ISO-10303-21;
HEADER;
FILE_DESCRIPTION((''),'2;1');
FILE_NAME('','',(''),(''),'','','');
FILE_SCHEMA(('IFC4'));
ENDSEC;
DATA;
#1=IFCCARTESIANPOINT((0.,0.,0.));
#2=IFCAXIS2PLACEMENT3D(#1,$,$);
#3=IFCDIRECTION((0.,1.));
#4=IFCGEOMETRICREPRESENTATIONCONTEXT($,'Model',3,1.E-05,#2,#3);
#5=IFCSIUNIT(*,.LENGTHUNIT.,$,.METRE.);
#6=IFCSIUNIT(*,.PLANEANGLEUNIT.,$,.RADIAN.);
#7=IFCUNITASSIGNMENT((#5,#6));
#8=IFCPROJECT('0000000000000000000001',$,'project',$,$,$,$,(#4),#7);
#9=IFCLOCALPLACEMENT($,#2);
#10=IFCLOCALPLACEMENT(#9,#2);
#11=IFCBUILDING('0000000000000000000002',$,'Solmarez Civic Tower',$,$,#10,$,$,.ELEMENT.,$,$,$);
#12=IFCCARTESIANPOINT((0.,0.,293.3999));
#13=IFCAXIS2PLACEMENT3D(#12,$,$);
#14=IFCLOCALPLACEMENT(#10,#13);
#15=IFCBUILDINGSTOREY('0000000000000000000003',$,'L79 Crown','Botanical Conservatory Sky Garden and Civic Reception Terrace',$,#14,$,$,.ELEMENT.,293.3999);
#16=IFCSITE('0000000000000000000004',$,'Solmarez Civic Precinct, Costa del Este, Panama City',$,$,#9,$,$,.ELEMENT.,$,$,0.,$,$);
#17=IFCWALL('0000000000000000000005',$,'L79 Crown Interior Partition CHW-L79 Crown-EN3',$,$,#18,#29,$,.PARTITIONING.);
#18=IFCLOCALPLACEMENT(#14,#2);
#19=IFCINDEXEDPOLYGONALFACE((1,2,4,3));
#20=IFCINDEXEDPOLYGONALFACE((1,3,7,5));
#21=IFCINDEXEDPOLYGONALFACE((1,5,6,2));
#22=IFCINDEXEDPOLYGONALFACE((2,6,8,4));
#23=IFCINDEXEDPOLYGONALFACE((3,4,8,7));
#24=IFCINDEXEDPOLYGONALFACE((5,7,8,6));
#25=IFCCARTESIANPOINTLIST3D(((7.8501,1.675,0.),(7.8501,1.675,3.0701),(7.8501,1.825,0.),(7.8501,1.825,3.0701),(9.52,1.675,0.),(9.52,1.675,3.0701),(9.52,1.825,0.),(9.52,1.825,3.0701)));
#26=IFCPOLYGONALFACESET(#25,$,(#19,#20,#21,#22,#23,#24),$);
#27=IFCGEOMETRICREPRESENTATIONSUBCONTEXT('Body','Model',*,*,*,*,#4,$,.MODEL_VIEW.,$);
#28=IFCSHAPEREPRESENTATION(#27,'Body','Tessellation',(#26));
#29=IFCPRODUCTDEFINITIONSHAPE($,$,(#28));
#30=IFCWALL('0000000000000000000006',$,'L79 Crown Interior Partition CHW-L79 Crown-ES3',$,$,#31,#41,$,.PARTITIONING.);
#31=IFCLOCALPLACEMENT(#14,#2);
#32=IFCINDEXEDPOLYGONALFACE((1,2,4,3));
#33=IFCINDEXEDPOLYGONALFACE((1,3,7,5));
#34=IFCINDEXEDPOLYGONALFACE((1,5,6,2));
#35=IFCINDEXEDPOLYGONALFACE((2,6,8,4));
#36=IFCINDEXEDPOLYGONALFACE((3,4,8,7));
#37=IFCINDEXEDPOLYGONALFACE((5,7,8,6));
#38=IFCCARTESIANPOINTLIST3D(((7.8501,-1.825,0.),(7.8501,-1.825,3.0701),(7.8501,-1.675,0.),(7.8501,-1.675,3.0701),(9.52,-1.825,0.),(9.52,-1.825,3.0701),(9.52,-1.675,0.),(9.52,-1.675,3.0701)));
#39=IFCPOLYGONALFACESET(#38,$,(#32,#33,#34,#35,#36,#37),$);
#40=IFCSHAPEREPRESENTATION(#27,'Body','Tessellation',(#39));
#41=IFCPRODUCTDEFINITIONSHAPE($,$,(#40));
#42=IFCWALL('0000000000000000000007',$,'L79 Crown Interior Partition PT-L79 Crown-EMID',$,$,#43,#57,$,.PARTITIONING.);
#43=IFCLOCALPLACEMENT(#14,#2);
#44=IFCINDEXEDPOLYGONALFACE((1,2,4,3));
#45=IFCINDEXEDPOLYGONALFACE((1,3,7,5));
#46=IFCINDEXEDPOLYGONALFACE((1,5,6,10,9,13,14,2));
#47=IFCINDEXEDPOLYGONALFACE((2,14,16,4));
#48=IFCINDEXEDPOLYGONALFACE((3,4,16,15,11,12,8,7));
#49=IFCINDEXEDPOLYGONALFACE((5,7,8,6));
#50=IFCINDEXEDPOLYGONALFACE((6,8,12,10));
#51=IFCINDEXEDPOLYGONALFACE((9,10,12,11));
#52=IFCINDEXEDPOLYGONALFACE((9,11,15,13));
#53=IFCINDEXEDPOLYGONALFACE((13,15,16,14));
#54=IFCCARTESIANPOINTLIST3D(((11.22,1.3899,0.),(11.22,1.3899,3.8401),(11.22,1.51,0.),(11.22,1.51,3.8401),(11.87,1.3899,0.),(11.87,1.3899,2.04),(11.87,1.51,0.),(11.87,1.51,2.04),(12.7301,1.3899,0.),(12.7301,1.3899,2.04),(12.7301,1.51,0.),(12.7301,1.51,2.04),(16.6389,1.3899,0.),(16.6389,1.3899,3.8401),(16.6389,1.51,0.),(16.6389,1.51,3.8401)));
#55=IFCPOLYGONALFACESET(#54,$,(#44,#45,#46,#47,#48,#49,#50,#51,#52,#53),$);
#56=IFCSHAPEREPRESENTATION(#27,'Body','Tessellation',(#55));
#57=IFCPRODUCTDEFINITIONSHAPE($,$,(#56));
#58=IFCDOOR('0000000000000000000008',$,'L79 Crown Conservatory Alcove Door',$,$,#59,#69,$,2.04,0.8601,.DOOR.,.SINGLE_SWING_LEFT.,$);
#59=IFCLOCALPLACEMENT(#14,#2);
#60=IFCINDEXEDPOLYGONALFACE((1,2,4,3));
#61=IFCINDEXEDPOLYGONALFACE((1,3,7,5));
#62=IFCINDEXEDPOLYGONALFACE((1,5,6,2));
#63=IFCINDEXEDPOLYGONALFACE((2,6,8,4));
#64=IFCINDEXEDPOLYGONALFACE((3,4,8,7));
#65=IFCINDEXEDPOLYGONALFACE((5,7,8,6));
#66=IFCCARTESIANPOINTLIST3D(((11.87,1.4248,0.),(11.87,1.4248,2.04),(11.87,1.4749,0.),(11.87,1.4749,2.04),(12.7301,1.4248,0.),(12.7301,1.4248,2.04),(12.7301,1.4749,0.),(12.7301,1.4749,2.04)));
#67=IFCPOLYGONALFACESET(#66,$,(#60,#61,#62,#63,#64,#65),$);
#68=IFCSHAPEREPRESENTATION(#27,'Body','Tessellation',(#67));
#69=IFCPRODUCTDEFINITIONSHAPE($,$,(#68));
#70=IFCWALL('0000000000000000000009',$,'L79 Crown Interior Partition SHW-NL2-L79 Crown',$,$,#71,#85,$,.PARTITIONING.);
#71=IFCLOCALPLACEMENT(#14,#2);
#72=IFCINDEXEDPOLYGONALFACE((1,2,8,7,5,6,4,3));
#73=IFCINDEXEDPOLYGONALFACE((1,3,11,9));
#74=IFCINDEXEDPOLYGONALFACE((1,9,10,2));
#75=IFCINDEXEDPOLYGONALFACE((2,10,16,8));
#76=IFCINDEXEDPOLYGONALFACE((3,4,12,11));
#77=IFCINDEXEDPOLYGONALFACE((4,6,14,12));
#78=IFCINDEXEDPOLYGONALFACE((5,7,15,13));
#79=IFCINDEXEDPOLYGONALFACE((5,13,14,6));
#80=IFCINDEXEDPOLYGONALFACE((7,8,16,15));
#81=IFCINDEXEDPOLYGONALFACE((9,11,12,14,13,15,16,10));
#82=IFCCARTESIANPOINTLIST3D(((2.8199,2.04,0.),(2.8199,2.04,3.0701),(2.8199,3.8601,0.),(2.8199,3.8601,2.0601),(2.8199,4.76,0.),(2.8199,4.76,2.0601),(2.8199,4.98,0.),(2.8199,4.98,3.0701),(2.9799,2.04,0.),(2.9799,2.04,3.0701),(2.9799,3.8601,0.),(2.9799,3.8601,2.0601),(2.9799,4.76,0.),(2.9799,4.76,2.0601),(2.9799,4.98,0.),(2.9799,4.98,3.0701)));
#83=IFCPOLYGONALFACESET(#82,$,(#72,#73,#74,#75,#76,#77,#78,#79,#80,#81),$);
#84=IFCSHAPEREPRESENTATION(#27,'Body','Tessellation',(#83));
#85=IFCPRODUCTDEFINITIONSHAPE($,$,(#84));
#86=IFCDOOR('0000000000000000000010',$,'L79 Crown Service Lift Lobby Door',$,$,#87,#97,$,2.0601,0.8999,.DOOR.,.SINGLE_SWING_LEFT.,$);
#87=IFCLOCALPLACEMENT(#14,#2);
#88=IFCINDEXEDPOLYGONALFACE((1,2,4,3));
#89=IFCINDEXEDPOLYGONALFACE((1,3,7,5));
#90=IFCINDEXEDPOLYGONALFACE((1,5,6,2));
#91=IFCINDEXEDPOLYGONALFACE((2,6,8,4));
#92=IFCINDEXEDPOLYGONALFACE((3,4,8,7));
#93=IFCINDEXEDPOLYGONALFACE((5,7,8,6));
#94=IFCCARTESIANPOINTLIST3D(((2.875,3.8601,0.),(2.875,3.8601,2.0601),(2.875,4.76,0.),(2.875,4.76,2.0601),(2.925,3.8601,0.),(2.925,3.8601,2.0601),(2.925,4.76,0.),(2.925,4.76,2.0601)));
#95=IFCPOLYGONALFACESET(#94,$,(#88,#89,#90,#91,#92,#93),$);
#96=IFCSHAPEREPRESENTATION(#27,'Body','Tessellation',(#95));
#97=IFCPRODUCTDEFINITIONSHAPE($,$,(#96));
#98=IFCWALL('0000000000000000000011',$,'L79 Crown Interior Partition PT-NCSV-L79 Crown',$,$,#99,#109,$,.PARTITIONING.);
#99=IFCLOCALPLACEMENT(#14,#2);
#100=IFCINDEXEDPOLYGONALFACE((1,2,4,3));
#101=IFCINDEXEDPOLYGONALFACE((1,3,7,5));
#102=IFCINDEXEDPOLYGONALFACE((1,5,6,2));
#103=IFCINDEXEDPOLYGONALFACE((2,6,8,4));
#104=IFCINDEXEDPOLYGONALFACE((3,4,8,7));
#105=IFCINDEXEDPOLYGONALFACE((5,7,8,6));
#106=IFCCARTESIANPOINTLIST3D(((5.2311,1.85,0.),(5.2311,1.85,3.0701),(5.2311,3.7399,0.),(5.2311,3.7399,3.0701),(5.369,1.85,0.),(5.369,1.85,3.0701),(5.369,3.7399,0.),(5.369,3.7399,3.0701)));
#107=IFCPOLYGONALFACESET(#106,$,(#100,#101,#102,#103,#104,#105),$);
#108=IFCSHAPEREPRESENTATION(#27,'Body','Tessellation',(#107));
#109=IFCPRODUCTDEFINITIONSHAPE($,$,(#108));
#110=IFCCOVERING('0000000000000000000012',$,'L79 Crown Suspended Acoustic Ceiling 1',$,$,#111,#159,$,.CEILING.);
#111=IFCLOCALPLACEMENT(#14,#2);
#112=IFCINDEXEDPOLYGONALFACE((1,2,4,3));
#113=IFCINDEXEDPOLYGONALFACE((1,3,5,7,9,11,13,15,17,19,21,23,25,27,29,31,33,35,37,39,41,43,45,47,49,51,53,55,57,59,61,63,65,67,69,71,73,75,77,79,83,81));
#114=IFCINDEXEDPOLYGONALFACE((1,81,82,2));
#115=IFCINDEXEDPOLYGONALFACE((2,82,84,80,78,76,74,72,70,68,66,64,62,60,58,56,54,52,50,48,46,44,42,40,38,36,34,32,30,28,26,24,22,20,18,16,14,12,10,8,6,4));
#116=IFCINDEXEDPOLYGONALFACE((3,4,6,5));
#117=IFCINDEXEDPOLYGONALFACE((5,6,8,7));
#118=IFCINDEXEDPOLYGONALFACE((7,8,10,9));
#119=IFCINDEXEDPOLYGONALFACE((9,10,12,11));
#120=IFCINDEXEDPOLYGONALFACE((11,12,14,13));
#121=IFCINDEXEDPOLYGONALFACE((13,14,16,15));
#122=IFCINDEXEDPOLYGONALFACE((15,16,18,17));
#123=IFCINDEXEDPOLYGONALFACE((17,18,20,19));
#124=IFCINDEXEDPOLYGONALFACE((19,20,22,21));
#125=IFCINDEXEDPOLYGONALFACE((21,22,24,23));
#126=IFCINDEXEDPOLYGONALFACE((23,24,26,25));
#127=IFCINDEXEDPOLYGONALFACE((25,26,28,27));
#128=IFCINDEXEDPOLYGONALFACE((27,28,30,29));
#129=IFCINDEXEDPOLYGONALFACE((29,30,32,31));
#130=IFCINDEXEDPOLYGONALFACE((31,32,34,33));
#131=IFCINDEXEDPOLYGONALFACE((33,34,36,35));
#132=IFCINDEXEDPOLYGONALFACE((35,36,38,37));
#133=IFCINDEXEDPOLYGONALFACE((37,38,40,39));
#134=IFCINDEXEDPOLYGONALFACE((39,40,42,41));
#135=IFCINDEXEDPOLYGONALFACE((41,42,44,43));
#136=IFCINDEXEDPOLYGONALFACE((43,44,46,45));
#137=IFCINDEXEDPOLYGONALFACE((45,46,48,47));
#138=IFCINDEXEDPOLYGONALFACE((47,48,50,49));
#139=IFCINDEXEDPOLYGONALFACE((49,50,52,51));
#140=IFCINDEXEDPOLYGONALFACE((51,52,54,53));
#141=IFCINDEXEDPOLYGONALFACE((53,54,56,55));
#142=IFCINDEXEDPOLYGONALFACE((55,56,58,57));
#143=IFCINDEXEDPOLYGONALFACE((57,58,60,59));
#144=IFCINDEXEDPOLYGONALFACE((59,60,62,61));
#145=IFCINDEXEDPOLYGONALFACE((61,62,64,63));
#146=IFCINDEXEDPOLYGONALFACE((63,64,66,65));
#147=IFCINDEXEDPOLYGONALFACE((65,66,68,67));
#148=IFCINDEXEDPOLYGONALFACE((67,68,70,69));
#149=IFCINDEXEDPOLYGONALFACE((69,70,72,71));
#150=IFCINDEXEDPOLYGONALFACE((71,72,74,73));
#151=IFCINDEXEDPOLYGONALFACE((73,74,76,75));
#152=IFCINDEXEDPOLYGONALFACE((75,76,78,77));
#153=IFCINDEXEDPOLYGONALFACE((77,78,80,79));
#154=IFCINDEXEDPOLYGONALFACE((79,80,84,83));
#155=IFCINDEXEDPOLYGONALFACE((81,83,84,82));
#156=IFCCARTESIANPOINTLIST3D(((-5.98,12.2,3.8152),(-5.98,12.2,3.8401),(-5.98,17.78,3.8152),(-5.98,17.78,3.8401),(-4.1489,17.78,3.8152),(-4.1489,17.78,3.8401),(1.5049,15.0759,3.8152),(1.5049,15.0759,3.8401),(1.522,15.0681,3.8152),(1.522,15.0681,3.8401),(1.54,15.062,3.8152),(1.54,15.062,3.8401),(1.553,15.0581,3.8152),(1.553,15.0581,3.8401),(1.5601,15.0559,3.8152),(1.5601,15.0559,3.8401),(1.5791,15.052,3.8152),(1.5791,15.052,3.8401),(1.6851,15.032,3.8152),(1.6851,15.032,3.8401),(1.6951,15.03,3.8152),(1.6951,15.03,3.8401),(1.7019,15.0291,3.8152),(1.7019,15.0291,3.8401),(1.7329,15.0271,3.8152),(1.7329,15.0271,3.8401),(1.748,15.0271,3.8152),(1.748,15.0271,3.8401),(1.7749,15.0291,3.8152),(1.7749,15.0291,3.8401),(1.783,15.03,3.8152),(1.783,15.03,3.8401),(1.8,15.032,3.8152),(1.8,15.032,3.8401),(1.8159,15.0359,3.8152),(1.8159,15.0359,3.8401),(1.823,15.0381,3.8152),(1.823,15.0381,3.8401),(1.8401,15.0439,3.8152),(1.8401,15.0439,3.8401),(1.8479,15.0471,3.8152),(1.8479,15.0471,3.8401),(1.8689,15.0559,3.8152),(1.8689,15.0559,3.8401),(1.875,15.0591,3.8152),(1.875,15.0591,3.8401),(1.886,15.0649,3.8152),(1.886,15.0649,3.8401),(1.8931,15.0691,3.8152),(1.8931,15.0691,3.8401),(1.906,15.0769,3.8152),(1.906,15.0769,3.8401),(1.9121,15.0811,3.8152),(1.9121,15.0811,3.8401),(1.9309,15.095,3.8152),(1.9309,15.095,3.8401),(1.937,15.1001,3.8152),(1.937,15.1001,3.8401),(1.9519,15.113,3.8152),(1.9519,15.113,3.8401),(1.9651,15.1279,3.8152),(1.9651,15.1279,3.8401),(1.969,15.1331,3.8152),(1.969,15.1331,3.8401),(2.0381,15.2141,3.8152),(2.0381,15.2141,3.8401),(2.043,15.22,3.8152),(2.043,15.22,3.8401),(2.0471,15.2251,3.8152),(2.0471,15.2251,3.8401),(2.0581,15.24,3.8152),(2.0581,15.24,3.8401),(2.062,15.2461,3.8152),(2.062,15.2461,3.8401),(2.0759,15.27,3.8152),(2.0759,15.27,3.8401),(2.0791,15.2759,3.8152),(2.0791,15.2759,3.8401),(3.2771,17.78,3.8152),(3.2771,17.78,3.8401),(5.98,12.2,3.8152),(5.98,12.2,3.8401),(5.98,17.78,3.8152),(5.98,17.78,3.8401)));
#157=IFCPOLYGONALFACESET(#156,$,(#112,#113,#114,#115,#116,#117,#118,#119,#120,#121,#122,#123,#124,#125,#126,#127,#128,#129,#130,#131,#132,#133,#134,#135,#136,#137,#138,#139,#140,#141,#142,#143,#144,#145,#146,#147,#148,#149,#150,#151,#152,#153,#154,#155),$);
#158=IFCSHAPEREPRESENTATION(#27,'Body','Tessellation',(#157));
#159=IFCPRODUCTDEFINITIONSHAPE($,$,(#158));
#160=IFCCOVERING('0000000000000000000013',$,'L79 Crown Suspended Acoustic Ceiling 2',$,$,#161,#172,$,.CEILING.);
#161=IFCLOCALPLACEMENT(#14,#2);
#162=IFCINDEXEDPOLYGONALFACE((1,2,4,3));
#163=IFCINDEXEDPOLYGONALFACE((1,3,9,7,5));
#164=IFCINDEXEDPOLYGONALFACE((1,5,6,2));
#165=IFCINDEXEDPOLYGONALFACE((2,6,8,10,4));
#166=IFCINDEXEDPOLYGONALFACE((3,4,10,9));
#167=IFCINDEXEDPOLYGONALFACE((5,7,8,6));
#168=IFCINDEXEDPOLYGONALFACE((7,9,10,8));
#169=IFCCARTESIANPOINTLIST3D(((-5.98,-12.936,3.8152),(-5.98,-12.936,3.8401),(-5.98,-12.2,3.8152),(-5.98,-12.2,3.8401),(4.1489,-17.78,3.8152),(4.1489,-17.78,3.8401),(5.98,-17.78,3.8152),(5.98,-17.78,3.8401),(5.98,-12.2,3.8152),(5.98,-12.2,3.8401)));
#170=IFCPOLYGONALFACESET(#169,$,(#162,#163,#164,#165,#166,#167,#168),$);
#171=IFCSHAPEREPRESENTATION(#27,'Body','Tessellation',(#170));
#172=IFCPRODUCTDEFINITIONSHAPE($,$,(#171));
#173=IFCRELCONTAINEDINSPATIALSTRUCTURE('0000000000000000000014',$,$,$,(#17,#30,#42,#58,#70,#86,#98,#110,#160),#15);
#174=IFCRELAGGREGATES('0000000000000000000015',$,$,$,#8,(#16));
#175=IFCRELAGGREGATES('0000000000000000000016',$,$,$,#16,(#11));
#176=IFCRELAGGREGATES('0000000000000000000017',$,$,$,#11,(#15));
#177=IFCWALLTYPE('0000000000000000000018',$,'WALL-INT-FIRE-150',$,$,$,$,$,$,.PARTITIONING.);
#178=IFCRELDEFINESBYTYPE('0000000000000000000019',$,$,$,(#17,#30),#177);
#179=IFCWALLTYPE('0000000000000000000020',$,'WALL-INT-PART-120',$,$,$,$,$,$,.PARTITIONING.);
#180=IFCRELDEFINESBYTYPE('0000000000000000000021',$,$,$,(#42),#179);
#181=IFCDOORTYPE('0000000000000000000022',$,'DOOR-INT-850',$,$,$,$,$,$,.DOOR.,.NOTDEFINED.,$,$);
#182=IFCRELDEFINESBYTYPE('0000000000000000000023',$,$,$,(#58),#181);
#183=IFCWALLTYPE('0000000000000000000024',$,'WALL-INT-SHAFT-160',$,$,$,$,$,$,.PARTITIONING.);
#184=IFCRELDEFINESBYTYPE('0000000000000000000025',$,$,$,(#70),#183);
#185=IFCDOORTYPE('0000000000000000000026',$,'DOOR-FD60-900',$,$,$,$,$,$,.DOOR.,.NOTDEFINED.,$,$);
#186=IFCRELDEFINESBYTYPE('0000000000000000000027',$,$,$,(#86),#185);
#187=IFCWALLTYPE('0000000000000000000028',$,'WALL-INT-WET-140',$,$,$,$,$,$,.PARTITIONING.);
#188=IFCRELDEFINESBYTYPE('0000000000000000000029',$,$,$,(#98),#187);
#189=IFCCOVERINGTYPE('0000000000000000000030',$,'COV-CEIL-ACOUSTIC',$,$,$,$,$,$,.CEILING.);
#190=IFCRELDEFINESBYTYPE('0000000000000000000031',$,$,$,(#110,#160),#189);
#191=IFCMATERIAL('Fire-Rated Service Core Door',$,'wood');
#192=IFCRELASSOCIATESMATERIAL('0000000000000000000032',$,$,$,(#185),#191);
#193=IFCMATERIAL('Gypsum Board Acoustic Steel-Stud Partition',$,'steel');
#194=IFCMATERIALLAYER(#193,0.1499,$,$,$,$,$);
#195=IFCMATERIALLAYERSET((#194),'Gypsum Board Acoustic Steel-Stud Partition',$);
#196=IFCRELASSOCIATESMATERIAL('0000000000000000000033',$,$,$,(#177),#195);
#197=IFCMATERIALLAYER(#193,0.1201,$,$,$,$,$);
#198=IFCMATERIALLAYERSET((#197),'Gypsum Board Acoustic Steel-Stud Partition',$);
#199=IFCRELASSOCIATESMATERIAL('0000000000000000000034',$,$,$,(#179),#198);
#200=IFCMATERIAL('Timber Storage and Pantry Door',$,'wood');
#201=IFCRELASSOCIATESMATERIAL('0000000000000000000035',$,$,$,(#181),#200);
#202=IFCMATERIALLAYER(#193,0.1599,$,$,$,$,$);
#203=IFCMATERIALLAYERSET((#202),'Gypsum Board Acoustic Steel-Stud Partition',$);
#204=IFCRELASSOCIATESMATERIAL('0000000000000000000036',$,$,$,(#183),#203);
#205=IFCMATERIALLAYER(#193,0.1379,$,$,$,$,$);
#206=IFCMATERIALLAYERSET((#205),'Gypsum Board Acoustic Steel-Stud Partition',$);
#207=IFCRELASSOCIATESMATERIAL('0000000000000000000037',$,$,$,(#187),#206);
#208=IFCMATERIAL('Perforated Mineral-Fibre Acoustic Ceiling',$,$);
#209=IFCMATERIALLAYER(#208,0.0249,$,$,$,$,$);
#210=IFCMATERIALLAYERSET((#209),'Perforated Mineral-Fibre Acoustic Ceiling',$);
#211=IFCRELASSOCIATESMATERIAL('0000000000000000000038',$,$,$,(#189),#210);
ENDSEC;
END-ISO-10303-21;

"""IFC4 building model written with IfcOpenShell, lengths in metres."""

from ifc_helpers import new_model, si_unit, direction, frame, frame_2d, origin, place, context, subcontext, project, spatial, polyline, rectangle, outline, extrude, material, layer, layer_set, type_object, element, fill, save


model = new_model("IFC4")

# Units and contexts
model_context = context("Model", 3, precision=1e-05, world=origin(), true_north=direction((0.0, 1.0)))
body_context = subcontext(model_context, "Body", "Model", "MODEL_VIEW")
ifc_project = project(units=[si_unit("LENGTHUNIT", "METRE"), si_unit("PLANEANGLEUNIT", "RADIAN")], contexts=[model_context])

# Site, building, storey
site_placement = place(None, origin())
site = spatial("IfcSite", under=ifc_project, at=site_placement, Name="Solmarez Civic Precinct, Costa del Este, Panama City", CompositionType="ELEMENT", RefElevation=0.0)
building_placement = place(site_placement, origin())
building = spatial("IfcBuilding", under=site, at=building_placement, Name="Solmarez Civic Tower", CompositionType="ELEMENT")
storey_placement = place(building_placement, frame((0.0, 0.0, 293.3999)))
storey = spatial("IfcBuildingStorey", under=building, at=storey_placement, Name="L79 Crown", Description="Botanical Conservatory Sky Garden and Civic Reception Terrace", CompositionType="ELEMENT", Elevation=293.3999)

# Shared definitions
ifc_material_1 = material(Name="Fire-Rated Service Core Door", Category="wood")
door_type_1 = type_object("IfcDoorType", Name="DOOR-FD60-900", OperationType="NOTDEFINED", PredefinedType="DOOR", material=ifc_material_1)

# Walls
ifc_material_2 = material(Name="Gypsum Board Acoustic Steel-Stud Partition", Category="steel")
ifc_layer_1 = layer(ifc_material_2, 0.1499)
ifc_layer_set_1 = layer_set([ifc_layer_1], Name="Gypsum Board Acoustic Steel-Stud Partition")
wall_type_1 = type_object("IfcWallType", Name="WALL-INT-FIRE-150", PredefinedType="PARTITIONING", material=ifc_layer_set_1)
for number, where, z_axis, x_axis, name in (
    (1, (7.8501, 1.75, 0.0), (0.0, 0.0, 1.0), (1.0, 0.0, 0.0), "L79 Crown Interior Partition CHW-L79 Crown-EN3"),
    (2, (7.8501, -1.75, 0.0), (0.0, 0.0, 1.0), (1.0, 0.0, 0.0), "L79 Crown Interior Partition CHW-L79 Crown-ES3"),
):
    element("IfcWall", number, at=place(storey_placement, frame(where, z_axis=z_axis, x_axis=x_axis)), inside=storey, type_object=wall_type_1, Name=name, PredefinedType="PARTITIONING", context=body_context, shape_type="SweptSolid", body=[
        extrude(rectangle(XDim=1.6699, YDim=0.1499, at=frame_2d((0.835, 0.0))), origin(), (0.0, 0.0, 1.0), 3.0701),
    ])

# Walls, openings, doors
ifc_layer_2 = layer(ifc_material_2, 0.1201)
ifc_layer_set_2 = layer_set([ifc_layer_2], Name="Gypsum Board Acoustic Steel-Stud Partition")
wall_type_2 = type_object("IfcWallType", Name="WALL-INT-PART-120", PredefinedType="PARTITIONING", material=ifc_layer_set_2)
wall_1_placement = place(storey_placement, frame((11.22, 1.45, 0.0), z_axis=(0.0, 0.0, 1.0), x_axis=(1.0, 0.0, 0.0)))
wall_1 = element("IfcWall", 3, at=wall_1_placement, inside=storey, type_object=wall_type_2, Name="L79 Crown Interior Partition PT-L79 Crown-EMID", PredefinedType="PARTITIONING", context=body_context, shape_type="SweptSolid", body=[
    extrude(rectangle(XDim=5.4189, YDim=0.1201, at=frame_2d((2.7095, 0.0))), origin(), (0.0, 0.0, 1.0), 3.8401),
])
opening_1_placement = place(wall_1_placement, frame((0.6499, 0.0, 0.0)))
opening_1 = element("IfcOpeningElement", 4, at=opening_1_placement, cuts=wall_1, PredefinedType="OPENING", context=body_context, shape_type="SweptSolid", body=[
    extrude(rectangle(XDim=0.8601, YDim=2.04, at=frame_2d((0.4302, 1.02))), frame((0.0, 0.0701, 0.0), z_axis=(0.0, -1.0, 0.0), x_axis=(1.0, 0.0, 0.0)), (0.0, 0.0, 1.0), 0.1401),
])
ifc_material_3 = material(Name="Timber Storage and Pantry Door", Category="wood")
door_type_2 = type_object("IfcDoorType", Name="DOOR-INT-850", OperationType="NOTDEFINED", PredefinedType="DOOR", material=ifc_material_3)
door_1_placement = place(opening_1_placement, origin())
door_1 = element("IfcDoor", 5, at=door_1_placement, inside=storey, type_object=door_type_2, Name="L79 Crown Conservatory Alcove Door", OperationType="SINGLE_SWING_LEFT", OverallHeight=2.04, OverallWidth=0.8601, PredefinedType="DOOR", context=body_context, shape_type="SweptSolid", body=[
    extrude(rectangle(XDim=0.8601, YDim=2.04, at=frame_2d((0.4302, 1.02))), frame((0.0, 0.0249, 0.0), z_axis=(0.0, -1.0, 0.0), x_axis=(1.0, 0.0, 0.0)), (0.0, 0.0, 1.0), 0.05),
])
fill(opening_1, door_1)
ifc_layer_3 = layer(ifc_material_2, 0.1599)
ifc_layer_set_3 = layer_set([ifc_layer_3], Name="Gypsum Board Acoustic Steel-Stud Partition")
wall_type_3 = type_object("IfcWallType", Name="WALL-INT-SHAFT-160", PredefinedType="PARTITIONING", material=ifc_layer_set_3)
wall_2_placement = place(storey_placement, frame((2.8999, 2.04, 0.0), z_axis=(0.0, 0.0, 1.0), x_axis=(0.0, 1.0, 0.0)))
wall_2 = element("IfcWall", 6, at=wall_2_placement, inside=storey, type_object=wall_type_3, Name="L79 Crown Interior Partition SHW-NL2-L79 Crown", PredefinedType="PARTITIONING", context=body_context, shape_type="SweptSolid", body=[
    extrude(rectangle(XDim=2.9399, YDim=0.1599, at=frame_2d((1.47, 0.0))), origin(), (0.0, 0.0, 1.0), 3.0701),
])
opening_2_placement = place(wall_2_placement, frame((1.8201, 0.0, 0.0)))
opening_2 = element("IfcOpeningElement", 7, at=opening_2_placement, cuts=wall_2, PredefinedType="OPENING", context=body_context, shape_type="SweptSolid", body=[
    extrude(rectangle(XDim=0.8999, YDim=2.0601, at=frame_2d((0.45, 1.03))), frame((0.0, 0.0898, 0.0), z_axis=(0.0, -1.0, 0.0), x_axis=(1.0, 0.0, 0.0)), (0.0, 0.0, 1.0), 0.1799),
])
door_2_placement = place(opening_2_placement, origin())
door_2 = element("IfcDoor", 8, at=door_2_placement, inside=storey, type_object=door_type_1, Name="L79 Crown Service Lift Lobby Door", OperationType="SINGLE_SWING_LEFT", OverallHeight=2.0601, OverallWidth=0.8999, PredefinedType="DOOR", context=body_context, shape_type="SweptSolid", body=[
    extrude(rectangle(XDim=0.8999, YDim=2.0601, at=frame_2d((0.45, 1.03))), frame((0.0, 0.0249, 0.0), z_axis=(0.0, -1.0, 0.0), x_axis=(1.0, 0.0, 0.0)), (0.0, 0.0, 1.0), 0.05),
])
fill(opening_2, door_2)

# Wall
ifc_layer_4 = layer(ifc_material_2, 0.1379)
ifc_layer_set_4 = layer_set([ifc_layer_4], Name="Gypsum Board Acoustic Steel-Stud Partition")
wall_type_4 = type_object("IfcWallType", Name="WALL-INT-WET-140", PredefinedType="PARTITIONING", material=ifc_layer_set_4)
wall_3_placement = place(storey_placement, frame((5.3, 1.8501, 0.0), z_axis=(0.0, 0.0, 1.0), x_axis=(0.0, 1.0, 0.0)))
element("IfcWall", 9, at=wall_3_placement, inside=storey, type_object=wall_type_4, Name="L79 Crown Interior Partition PT-NCSV-L79 Crown", PredefinedType="PARTITIONING", context=body_context, shape_type="SweptSolid", body=[
    extrude(rectangle(XDim=1.8899, YDim=0.1379, at=frame_2d((0.9448, 0.0))), origin(), (0.0, 0.0, 1.0), 3.0701),
])

# Coverings
ifc_material_4 = material(Name="Perforated Mineral-Fibre Acoustic Ceiling")
ifc_layer_5 = layer(ifc_material_4, 0.0249)
ifc_layer_set_5 = layer_set([ifc_layer_5], Name="Perforated Mineral-Fibre Acoustic Ceiling")
covering_type_1 = type_object("IfcCoveringType", Name="COV-CEIL-ACOUSTIC", PredefinedType="CEILING", material=ifc_layer_set_5)
covering_1_placement = place(storey_placement, frame((0.0, 0.0, 3.8152)))
element("IfcCovering", 10, at=covering_1_placement, inside=storey, type_object=covering_type_1, Name="L79 Crown Suspended Acoustic Ceiling 1", PredefinedType="CEILING", context=body_context, shape_type="SweptSolid", body=[
    extrude(outline(polyline([(5.98, 17.78), (3.2771, 17.78), (2.0791, 15.2759), (2.0759, 15.27), (2.062, 15.2461), (2.0581, 15.24), (2.0471, 15.2251), (2.043, 15.22), (2.0381, 15.2141), (1.969, 15.1331), (1.9651, 15.1279), (1.9519, 15.113), (1.937, 15.1001), (1.9309, 15.095), (1.9121, 15.0811), (1.906, 15.0769), (1.8931, 15.0691), (1.886, 15.0649), (1.875, 15.0591), (1.8689, 15.0559), (1.8479, 15.0471), (1.8401, 15.0439), (1.823, 15.0381), (1.8159, 15.0359), (1.8, 15.032), (1.783, 15.03), (1.7749, 15.0291), (1.748, 15.0271), (1.7329, 15.0271), (1.7019, 15.0291), (1.6951, 15.03), (1.6851, 15.032), (1.5791, 15.052), (1.5601, 15.0559), (1.553, 15.0581), (1.54, 15.062), (1.522, 15.0681), (1.5049, 15.0759), (-4.1489, 17.78), (-5.98, 17.78), (-5.98, 12.2), (5.98, 12.2), (5.98, 17.78)])), origin(), (0.0, 0.0, 1.0), 0.0249),
])
covering_2_placement = place(storey_placement, frame((0.0, 0.0, 3.8152)))
element("IfcCovering", 11, at=covering_2_placement, inside=storey, type_object=covering_type_1, Name="L79 Crown Suspended Acoustic Ceiling 2", PredefinedType="CEILING", context=body_context, shape_type="SweptSolid", body=[
    extrude(outline(polyline([(5.98, -12.2), (-5.98, -12.2), (-5.98, -12.936), (4.1489, -17.78), (5.98, -17.78), (5.98, -12.2)])), origin(), (0.0, 0.0, 1.0), 0.0249),
])

save(model, "model.ifc")
